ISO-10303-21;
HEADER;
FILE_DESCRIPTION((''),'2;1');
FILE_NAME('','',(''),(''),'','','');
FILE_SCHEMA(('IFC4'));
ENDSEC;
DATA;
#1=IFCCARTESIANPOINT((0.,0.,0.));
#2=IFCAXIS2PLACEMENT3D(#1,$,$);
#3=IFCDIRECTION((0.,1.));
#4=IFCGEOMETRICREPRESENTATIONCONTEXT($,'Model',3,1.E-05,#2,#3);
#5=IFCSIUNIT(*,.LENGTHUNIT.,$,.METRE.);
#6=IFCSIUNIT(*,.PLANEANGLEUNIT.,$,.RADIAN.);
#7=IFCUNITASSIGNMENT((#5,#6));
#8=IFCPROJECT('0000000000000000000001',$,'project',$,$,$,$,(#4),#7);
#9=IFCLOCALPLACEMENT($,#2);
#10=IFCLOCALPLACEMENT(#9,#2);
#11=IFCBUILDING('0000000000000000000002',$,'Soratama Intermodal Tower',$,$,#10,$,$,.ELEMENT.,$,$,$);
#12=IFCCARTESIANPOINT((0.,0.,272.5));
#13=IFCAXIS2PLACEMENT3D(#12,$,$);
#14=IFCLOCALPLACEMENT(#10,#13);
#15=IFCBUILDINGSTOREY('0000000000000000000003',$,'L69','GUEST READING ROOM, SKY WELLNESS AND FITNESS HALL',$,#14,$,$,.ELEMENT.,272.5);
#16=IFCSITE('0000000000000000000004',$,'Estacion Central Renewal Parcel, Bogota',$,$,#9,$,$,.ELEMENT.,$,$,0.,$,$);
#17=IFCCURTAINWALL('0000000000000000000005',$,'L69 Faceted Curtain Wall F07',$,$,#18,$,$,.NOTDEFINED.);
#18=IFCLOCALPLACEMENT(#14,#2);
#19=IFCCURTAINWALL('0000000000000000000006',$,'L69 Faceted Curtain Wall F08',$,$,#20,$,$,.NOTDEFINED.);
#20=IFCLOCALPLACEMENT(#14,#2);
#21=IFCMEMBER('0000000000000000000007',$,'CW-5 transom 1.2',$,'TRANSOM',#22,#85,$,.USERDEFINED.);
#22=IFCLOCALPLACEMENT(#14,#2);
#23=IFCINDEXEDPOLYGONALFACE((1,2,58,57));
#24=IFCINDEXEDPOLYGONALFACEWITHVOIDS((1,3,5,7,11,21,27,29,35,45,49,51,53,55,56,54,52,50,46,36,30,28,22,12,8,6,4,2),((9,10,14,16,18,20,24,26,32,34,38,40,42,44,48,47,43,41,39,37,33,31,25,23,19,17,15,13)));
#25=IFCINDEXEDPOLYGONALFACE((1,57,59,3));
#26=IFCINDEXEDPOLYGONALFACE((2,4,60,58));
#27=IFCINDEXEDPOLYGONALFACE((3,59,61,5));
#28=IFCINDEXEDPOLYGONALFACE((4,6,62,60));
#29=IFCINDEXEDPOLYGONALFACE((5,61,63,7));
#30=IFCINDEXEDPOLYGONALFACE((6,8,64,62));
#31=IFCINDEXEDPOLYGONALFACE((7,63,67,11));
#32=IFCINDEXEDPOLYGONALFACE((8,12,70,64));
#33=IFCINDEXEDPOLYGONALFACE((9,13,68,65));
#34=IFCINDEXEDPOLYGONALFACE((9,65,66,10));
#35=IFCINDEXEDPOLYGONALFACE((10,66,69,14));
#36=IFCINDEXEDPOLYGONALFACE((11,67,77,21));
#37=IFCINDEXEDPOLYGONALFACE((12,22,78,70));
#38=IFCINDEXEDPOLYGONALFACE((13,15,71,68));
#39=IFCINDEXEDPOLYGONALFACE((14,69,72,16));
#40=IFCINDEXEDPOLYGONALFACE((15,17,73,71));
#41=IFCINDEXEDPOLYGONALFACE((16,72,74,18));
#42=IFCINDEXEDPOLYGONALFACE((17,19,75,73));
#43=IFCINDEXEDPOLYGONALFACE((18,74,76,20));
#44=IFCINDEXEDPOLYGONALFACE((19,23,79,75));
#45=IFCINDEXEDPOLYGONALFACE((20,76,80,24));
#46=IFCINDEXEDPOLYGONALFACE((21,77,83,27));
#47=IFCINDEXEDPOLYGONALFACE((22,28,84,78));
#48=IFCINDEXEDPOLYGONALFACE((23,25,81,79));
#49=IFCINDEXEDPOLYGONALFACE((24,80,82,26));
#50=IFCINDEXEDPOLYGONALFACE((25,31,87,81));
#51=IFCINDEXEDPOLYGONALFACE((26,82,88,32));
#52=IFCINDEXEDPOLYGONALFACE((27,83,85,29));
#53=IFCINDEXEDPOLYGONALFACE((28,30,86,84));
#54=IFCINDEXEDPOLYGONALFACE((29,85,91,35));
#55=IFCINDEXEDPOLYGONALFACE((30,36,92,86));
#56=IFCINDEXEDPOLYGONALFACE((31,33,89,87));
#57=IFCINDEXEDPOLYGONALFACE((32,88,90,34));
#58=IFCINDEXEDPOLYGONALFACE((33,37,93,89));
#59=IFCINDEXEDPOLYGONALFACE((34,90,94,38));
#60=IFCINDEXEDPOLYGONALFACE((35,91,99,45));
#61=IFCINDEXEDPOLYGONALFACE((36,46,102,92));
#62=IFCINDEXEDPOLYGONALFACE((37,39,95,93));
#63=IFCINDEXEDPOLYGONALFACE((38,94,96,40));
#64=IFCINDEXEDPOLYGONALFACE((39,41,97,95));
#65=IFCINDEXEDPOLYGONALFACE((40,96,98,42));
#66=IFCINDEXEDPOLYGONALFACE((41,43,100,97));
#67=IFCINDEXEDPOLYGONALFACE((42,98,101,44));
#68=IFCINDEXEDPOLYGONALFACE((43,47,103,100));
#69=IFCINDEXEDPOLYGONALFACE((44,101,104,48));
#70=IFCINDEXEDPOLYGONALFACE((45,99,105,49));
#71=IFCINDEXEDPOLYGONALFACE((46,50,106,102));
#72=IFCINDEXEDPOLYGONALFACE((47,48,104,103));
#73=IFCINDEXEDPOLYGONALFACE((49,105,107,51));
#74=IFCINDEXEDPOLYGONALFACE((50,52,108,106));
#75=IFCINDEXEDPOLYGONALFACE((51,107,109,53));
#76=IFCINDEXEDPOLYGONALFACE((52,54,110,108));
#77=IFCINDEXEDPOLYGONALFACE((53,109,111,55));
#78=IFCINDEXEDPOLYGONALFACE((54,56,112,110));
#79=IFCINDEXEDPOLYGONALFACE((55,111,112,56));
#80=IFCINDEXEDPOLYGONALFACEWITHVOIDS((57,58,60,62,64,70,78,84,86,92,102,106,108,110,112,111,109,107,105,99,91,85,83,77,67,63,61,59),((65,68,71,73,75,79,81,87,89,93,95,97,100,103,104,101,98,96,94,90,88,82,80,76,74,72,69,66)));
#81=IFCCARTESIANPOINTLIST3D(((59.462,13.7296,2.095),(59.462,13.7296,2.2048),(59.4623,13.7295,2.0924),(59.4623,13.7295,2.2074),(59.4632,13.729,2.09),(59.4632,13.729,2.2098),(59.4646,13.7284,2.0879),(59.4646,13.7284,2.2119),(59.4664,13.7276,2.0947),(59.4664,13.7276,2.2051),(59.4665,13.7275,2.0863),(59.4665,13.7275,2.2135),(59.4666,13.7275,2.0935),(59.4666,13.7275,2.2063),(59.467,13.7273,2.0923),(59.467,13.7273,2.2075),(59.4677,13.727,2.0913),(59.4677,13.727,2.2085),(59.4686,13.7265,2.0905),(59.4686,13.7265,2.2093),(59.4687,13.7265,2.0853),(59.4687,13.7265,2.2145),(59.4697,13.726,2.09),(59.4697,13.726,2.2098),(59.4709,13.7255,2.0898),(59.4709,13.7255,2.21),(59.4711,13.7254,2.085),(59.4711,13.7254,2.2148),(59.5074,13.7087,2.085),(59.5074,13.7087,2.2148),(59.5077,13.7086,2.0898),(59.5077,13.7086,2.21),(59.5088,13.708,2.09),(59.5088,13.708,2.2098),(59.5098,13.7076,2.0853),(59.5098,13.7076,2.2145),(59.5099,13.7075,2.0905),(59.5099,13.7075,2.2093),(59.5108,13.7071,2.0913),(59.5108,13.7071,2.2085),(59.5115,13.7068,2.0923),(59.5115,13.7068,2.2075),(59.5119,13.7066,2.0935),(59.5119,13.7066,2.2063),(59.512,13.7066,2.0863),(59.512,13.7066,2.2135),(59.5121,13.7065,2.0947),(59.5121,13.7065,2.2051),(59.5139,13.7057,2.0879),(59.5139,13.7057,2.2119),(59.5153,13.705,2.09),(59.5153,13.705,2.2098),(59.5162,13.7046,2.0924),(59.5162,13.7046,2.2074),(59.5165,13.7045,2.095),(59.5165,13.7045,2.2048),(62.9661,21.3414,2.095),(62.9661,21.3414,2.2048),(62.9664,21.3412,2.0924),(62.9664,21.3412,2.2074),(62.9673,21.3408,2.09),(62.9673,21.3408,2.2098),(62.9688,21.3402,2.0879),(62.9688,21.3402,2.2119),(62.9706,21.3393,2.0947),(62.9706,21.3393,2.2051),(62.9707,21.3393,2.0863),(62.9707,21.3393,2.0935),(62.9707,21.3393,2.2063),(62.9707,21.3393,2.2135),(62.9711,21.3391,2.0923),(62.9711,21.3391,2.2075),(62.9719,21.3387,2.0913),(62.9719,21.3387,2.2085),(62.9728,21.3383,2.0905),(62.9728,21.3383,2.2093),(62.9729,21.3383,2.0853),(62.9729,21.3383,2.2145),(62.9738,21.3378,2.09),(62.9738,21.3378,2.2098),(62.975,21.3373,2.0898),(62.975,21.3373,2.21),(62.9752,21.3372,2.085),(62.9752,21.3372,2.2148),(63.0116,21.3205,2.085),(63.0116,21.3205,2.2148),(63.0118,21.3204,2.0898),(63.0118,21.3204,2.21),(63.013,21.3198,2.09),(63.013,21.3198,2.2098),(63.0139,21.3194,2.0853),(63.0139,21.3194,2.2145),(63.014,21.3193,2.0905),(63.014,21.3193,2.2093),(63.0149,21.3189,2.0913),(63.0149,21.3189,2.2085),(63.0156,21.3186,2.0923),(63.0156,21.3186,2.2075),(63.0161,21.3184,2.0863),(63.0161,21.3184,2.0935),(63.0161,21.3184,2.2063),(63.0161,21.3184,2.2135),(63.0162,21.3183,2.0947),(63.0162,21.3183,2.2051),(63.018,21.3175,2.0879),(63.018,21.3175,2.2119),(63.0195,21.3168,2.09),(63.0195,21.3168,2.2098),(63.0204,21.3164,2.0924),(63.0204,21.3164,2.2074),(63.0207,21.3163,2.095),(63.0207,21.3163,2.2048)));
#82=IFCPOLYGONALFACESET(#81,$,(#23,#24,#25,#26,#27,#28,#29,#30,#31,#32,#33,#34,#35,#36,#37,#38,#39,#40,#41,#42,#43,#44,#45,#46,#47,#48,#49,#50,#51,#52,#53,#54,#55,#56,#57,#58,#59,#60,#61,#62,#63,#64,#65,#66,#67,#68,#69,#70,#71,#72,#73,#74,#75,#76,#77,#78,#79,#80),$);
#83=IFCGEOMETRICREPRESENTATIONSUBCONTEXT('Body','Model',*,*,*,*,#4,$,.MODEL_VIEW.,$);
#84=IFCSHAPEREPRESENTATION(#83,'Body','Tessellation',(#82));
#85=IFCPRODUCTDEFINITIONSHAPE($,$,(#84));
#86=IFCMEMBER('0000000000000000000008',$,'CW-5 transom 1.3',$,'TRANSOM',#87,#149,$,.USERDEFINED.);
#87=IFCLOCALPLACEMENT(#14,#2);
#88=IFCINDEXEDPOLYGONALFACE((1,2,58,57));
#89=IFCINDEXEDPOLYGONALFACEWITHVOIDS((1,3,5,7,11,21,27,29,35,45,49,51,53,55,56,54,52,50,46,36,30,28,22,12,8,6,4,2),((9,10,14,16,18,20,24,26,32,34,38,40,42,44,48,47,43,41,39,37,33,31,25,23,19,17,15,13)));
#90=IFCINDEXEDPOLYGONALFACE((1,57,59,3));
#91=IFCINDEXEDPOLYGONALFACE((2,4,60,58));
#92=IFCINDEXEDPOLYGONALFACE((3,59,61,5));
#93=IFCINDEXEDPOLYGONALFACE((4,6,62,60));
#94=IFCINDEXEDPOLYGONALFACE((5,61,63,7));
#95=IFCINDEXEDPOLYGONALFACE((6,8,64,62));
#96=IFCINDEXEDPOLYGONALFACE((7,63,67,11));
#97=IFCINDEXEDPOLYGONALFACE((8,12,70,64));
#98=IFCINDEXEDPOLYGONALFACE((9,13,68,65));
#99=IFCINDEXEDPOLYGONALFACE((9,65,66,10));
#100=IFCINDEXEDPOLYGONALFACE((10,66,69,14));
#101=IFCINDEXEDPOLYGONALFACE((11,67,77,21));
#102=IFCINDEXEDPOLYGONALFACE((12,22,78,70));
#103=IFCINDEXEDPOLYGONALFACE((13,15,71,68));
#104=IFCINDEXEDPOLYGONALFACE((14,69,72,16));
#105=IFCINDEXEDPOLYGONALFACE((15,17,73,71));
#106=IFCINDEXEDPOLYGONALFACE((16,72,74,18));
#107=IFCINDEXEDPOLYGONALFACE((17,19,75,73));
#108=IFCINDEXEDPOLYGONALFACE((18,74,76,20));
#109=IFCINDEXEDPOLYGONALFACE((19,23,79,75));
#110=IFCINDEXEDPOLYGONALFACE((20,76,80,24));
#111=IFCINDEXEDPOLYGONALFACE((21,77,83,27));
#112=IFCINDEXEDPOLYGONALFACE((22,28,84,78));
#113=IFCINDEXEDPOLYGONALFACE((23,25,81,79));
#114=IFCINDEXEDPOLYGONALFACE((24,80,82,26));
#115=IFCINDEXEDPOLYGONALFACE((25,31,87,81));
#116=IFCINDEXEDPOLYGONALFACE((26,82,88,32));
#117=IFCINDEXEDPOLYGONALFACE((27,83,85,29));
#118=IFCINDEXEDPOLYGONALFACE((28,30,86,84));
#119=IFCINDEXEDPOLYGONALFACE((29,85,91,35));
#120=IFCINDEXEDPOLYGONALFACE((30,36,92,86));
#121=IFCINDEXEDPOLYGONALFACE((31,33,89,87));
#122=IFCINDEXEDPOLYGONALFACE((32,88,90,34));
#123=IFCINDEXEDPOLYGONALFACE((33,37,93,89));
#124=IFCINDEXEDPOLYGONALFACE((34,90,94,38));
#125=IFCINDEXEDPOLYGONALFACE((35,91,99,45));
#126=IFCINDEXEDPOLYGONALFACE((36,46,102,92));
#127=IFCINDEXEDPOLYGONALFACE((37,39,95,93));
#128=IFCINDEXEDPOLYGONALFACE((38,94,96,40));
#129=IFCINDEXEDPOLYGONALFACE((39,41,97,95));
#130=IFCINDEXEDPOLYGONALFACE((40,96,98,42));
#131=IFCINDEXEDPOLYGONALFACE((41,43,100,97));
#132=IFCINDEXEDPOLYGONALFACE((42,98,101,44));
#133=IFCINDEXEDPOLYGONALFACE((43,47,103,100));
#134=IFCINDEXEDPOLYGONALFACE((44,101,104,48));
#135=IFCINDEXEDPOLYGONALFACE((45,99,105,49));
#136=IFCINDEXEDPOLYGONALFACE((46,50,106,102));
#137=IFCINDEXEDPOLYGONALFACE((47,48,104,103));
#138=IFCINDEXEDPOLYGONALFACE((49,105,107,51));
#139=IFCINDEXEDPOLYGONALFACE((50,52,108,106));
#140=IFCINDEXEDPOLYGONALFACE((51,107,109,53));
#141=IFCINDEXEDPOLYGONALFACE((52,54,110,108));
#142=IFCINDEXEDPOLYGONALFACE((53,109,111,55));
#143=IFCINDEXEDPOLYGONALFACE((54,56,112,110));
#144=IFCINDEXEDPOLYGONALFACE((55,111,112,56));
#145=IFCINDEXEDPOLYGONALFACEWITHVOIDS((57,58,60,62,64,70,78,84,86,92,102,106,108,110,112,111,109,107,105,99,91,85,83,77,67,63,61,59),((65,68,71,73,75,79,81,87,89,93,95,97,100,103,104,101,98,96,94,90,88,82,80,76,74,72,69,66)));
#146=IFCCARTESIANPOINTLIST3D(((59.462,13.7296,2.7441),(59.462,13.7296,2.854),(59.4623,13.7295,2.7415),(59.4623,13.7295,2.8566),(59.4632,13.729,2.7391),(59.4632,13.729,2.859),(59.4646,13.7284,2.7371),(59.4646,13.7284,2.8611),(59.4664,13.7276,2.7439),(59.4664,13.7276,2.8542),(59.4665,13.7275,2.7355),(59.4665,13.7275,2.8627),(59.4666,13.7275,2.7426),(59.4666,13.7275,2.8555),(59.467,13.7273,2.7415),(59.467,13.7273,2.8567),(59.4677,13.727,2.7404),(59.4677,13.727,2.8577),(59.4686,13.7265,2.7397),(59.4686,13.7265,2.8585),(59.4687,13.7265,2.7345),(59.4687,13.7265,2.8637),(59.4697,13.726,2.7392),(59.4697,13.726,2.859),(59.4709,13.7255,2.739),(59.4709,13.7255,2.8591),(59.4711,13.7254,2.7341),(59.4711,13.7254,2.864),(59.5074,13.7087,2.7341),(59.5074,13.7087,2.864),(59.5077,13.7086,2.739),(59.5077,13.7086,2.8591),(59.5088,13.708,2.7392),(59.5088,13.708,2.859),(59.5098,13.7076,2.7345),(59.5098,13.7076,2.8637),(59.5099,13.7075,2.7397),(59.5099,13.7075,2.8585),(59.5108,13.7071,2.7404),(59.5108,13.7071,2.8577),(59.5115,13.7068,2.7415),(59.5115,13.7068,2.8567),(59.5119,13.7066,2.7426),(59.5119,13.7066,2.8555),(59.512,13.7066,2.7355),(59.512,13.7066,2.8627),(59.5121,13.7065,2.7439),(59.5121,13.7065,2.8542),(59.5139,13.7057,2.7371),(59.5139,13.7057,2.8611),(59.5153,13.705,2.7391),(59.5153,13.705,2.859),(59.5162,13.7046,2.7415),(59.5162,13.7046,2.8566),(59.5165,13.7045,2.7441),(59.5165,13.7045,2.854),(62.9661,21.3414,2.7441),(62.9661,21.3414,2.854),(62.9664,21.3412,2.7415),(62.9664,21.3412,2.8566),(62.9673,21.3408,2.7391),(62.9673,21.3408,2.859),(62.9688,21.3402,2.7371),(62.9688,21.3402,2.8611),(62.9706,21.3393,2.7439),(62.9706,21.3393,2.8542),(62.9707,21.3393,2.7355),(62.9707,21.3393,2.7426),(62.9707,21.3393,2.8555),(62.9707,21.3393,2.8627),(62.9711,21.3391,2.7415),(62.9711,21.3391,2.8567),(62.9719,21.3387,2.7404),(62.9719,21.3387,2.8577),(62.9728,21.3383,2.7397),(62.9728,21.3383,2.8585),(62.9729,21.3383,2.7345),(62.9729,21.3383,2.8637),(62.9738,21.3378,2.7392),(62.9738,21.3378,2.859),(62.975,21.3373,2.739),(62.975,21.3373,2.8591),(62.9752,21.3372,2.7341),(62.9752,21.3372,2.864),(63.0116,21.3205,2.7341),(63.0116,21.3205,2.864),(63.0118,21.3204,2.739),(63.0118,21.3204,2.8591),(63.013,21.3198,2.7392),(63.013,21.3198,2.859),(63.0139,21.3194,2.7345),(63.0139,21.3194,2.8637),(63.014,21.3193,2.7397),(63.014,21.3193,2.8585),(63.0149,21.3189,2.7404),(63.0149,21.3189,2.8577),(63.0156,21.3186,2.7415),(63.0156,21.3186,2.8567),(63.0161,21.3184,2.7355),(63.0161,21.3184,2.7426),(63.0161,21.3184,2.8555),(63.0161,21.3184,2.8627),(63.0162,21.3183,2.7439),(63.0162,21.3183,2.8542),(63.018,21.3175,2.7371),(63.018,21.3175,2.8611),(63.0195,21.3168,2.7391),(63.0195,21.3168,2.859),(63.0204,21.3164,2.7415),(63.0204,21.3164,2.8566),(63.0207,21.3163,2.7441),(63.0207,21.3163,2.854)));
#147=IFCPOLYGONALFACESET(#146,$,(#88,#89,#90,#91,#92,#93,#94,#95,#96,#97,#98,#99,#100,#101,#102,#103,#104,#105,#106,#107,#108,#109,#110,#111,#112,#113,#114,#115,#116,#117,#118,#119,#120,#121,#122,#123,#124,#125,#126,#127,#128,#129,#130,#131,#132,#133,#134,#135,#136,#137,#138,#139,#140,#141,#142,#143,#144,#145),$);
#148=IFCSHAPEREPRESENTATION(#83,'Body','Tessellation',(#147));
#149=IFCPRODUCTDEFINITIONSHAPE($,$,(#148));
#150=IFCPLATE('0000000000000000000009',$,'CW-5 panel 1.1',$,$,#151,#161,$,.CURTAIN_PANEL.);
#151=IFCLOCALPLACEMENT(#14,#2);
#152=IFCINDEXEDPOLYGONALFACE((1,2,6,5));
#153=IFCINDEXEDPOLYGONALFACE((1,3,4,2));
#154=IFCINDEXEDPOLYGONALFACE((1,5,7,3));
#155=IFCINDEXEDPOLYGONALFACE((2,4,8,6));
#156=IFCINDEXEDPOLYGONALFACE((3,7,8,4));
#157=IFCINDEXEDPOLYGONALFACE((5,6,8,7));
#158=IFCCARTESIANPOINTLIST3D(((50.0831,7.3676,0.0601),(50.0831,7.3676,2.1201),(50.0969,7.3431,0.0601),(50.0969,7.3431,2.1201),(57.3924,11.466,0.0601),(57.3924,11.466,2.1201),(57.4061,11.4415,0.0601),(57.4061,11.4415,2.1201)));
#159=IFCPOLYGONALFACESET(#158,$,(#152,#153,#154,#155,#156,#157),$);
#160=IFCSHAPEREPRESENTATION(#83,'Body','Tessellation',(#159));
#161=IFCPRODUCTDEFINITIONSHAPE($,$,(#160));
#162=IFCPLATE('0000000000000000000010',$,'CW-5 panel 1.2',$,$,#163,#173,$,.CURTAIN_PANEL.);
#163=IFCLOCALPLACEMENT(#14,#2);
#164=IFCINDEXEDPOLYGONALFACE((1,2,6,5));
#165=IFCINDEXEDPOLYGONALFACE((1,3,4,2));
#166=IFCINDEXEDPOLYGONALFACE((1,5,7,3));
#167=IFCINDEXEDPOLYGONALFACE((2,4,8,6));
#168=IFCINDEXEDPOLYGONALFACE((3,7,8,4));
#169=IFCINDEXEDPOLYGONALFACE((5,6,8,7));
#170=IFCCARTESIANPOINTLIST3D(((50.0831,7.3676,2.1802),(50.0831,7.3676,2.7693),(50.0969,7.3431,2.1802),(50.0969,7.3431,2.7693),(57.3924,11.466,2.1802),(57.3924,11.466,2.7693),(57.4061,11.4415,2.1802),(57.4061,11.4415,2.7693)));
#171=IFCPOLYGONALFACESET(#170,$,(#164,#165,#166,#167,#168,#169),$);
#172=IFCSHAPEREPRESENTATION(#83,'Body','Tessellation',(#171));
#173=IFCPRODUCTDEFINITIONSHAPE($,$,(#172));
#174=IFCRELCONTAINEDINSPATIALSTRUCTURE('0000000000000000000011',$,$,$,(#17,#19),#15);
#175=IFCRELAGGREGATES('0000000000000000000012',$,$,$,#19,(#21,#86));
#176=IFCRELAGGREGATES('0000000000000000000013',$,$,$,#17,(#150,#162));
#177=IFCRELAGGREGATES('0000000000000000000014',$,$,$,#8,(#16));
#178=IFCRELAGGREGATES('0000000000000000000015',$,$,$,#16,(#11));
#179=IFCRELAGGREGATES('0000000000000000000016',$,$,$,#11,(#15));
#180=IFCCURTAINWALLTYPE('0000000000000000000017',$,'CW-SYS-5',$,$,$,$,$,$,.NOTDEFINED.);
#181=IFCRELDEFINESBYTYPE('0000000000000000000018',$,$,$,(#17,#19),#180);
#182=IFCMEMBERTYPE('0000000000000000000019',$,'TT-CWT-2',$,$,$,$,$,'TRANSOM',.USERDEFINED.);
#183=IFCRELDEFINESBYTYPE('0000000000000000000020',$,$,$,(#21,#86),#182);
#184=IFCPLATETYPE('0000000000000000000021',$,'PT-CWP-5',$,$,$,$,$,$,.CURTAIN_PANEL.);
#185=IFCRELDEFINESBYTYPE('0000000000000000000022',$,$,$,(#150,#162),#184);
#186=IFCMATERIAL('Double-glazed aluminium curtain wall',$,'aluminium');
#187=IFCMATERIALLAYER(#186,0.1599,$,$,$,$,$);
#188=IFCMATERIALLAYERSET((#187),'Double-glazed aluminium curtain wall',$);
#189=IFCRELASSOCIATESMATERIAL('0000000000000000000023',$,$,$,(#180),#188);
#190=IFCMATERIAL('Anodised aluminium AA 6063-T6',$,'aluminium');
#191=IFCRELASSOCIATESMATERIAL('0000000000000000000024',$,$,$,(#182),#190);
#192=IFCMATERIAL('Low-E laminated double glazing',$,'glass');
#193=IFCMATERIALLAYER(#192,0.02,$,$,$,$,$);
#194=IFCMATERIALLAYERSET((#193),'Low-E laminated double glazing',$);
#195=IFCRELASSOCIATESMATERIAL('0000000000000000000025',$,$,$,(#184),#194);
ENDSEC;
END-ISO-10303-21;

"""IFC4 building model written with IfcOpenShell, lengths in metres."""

from ifc_helpers import new_model, si_unit, direction, frame, origin, origin_2d, place, context, subcontext, project, spatial, rectangle, hollow_rectangle, extrude, material, layer, layer_set, material_profile, profile_set, type_object, element, aggregate, save


model = new_model("IFC4")

# Units and contexts
model_context = context("Model", 3, precision=1e-05, world=origin(), true_north=direction((0.0, 1.0)))
body_context = subcontext(model_context, "Body", "Model", "MODEL_VIEW")
ifc_project = project(units=[si_unit("LENGTHUNIT", "METRE"), si_unit("PLANEANGLEUNIT", "RADIAN")], contexts=[model_context])

# Site, building, storey
site_placement = place(None, origin())
site = spatial("IfcSite", under=ifc_project, at=site_placement, Name="Estacion Central Renewal Parcel, Bogota", CompositionType="ELEMENT", RefElevation=0.0)
building_placement = place(site_placement, origin())
building = spatial("IfcBuilding", under=site, at=building_placement, Name="Soratama Intermodal Tower", CompositionType="ELEMENT")
storey_placement = place(building_placement, frame((0.0, 0.0, 272.5)))
storey = spatial("IfcBuildingStorey", under=building, at=storey_placement, Name="L69", Description="GUEST READING ROOM, SKY WELLNESS AND FITNESS HALL", CompositionType="ELEMENT", Elevation=272.5)

# Curtain walls
ifc_material_1 = material(Name="Double-glazed aluminium curtain wall", Category="aluminium")
ifc_layer_1 = layer(ifc_material_1, 0.1599)
ifc_layer_set_1 = layer_set([ifc_layer_1], Name="Double-glazed aluminium curtain wall")
curtain_wall_type = type_object("IfcCurtainWallType", Name="CW-SYS-5", PredefinedType="NOTDEFINED", material=ifc_layer_set_1)
curtain_wall_1_placement = place(storey_placement, origin())
curtain_wall_1 = element("IfcCurtainWall", 1, at=curtain_wall_1_placement, inside=storey, type_object=curtain_wall_type, Name="L69 Faceted Curtain Wall F07", PredefinedType="NOTDEFINED")
curtain_wall_2_placement = place(storey_placement, origin())
curtain_wall_2 = element("IfcCurtainWall", 2, at=curtain_wall_2_placement, inside=storey, type_object=curtain_wall_type, Name="L69 Faceted Curtain Wall F08", PredefinedType="NOTDEFINED")

# Members
ifc_material_2 = material(Name="Anodised aluminium AA 6063-T6", Category="aluminium")
ifc_material_profile_1 = material_profile(ifc_material_2, hollow_rectangle(XDim=0.0601, YDim=0.1299, WallThickness=0.0049, InnerFilletRadius=0.0049, OuterFilletRadius=0.01, at=origin_2d()), Name="CWT130X60X5")
ifc_profile_set_1 = profile_set([ifc_material_profile_1], Name="Anodised aluminium AA 6063-T6")
member_type_1 = type_object("IfcMemberType", Name="TT-CWT-2", ElementType="TRANSOM", PredefinedType="USERDEFINED", material=ifc_profile_set_1)
member_1_placement = place(storey_placement, frame((59.4893, 13.717, 2.1499), z_axis=(0.418173, 0.908367, 0.0), x_axis=(-0.908367, 0.418173, 0.0)))
member_1 = element("IfcMember", 3, at=member_1_placement, type_object=member_type_1, Name="CW-5 transom 1.2", ObjectType="TRANSOM", PredefinedType="USERDEFINED", context=body_context, shape_type="SweptSolid", body=[
    extrude(hollow_rectangle(XDim=0.0601, YDim=0.1299, WallThickness=0.0049, InnerFilletRadius=0.0049, OuterFilletRadius=0.01, at=origin_2d()), origin(), (0.0, 0.0, 1.0), 8.3796),
])
member_2_placement = place(storey_placement, frame((59.4893, 13.717, 2.7991), z_axis=(0.418173, 0.908367, 0.0), x_axis=(-0.908367, 0.418173, 0.0)))
member_2 = element("IfcMember", 4, at=member_2_placement, type_object=member_type_1, Name="CW-5 transom 1.3", ObjectType="TRANSOM", PredefinedType="USERDEFINED", context=body_context, shape_type="SweptSolid", body=[
    extrude(hollow_rectangle(XDim=0.0601, YDim=0.1299, WallThickness=0.0049, InnerFilletRadius=0.0049, OuterFilletRadius=0.01, at=origin_2d()), origin(), (0.0, 0.0, 1.0), 8.3796),
])
aggregate(curtain_wall_2, [member_1, member_2])

# Plates
ifc_material_3 = material(Name="Low-E laminated double glazing", Category="glass")
ifc_layer_2 = layer(ifc_material_3, 0.02)
ifc_layer_set_2 = layer_set([ifc_layer_2], Name="Low-E laminated double glazing")
plate_type = type_object("IfcPlateType", Name="PT-CWP-5", PredefinedType="CURTAIN_PANEL", material=ifc_layer_set_2)
plate_1_placement = place(storey_placement, frame((53.7446, 9.4045, 0.0601), z_axis=(0.0, 0.0, 1.0), x_axis=(0.872239, 0.489079, 0.0)))
plate_1 = element("IfcPlate", 5, at=plate_1_placement, type_object=plate_type, Name="CW-5 panel 1.1", PredefinedType="CURTAIN_PANEL", context=body_context, shape_type="SweptSolid", body=[
    extrude(rectangle(XDim=8.3799, YDim=0.0281, at=origin_2d()), origin(), (0.0, 0.0, 1.0), 2.0601),
])
plate_2_placement = place(storey_placement, frame((53.7446, 9.4045, 2.1802), z_axis=(0.0, 0.0, 1.0), x_axis=(0.872239, 0.489079, 0.0)))
plate_2 = element("IfcPlate", 6, at=plate_2_placement, type_object=plate_type, Name="CW-5 panel 1.2", PredefinedType="CURTAIN_PANEL", context=body_context, shape_type="SweptSolid", body=[
    extrude(rectangle(XDim=8.3799, YDim=0.0281, at=origin_2d()), origin(), (0.0, 0.0, 1.0), 0.5891),
])
aggregate(curtain_wall_1, [plate_1, plate_2])

save(model, "model.ifc")
